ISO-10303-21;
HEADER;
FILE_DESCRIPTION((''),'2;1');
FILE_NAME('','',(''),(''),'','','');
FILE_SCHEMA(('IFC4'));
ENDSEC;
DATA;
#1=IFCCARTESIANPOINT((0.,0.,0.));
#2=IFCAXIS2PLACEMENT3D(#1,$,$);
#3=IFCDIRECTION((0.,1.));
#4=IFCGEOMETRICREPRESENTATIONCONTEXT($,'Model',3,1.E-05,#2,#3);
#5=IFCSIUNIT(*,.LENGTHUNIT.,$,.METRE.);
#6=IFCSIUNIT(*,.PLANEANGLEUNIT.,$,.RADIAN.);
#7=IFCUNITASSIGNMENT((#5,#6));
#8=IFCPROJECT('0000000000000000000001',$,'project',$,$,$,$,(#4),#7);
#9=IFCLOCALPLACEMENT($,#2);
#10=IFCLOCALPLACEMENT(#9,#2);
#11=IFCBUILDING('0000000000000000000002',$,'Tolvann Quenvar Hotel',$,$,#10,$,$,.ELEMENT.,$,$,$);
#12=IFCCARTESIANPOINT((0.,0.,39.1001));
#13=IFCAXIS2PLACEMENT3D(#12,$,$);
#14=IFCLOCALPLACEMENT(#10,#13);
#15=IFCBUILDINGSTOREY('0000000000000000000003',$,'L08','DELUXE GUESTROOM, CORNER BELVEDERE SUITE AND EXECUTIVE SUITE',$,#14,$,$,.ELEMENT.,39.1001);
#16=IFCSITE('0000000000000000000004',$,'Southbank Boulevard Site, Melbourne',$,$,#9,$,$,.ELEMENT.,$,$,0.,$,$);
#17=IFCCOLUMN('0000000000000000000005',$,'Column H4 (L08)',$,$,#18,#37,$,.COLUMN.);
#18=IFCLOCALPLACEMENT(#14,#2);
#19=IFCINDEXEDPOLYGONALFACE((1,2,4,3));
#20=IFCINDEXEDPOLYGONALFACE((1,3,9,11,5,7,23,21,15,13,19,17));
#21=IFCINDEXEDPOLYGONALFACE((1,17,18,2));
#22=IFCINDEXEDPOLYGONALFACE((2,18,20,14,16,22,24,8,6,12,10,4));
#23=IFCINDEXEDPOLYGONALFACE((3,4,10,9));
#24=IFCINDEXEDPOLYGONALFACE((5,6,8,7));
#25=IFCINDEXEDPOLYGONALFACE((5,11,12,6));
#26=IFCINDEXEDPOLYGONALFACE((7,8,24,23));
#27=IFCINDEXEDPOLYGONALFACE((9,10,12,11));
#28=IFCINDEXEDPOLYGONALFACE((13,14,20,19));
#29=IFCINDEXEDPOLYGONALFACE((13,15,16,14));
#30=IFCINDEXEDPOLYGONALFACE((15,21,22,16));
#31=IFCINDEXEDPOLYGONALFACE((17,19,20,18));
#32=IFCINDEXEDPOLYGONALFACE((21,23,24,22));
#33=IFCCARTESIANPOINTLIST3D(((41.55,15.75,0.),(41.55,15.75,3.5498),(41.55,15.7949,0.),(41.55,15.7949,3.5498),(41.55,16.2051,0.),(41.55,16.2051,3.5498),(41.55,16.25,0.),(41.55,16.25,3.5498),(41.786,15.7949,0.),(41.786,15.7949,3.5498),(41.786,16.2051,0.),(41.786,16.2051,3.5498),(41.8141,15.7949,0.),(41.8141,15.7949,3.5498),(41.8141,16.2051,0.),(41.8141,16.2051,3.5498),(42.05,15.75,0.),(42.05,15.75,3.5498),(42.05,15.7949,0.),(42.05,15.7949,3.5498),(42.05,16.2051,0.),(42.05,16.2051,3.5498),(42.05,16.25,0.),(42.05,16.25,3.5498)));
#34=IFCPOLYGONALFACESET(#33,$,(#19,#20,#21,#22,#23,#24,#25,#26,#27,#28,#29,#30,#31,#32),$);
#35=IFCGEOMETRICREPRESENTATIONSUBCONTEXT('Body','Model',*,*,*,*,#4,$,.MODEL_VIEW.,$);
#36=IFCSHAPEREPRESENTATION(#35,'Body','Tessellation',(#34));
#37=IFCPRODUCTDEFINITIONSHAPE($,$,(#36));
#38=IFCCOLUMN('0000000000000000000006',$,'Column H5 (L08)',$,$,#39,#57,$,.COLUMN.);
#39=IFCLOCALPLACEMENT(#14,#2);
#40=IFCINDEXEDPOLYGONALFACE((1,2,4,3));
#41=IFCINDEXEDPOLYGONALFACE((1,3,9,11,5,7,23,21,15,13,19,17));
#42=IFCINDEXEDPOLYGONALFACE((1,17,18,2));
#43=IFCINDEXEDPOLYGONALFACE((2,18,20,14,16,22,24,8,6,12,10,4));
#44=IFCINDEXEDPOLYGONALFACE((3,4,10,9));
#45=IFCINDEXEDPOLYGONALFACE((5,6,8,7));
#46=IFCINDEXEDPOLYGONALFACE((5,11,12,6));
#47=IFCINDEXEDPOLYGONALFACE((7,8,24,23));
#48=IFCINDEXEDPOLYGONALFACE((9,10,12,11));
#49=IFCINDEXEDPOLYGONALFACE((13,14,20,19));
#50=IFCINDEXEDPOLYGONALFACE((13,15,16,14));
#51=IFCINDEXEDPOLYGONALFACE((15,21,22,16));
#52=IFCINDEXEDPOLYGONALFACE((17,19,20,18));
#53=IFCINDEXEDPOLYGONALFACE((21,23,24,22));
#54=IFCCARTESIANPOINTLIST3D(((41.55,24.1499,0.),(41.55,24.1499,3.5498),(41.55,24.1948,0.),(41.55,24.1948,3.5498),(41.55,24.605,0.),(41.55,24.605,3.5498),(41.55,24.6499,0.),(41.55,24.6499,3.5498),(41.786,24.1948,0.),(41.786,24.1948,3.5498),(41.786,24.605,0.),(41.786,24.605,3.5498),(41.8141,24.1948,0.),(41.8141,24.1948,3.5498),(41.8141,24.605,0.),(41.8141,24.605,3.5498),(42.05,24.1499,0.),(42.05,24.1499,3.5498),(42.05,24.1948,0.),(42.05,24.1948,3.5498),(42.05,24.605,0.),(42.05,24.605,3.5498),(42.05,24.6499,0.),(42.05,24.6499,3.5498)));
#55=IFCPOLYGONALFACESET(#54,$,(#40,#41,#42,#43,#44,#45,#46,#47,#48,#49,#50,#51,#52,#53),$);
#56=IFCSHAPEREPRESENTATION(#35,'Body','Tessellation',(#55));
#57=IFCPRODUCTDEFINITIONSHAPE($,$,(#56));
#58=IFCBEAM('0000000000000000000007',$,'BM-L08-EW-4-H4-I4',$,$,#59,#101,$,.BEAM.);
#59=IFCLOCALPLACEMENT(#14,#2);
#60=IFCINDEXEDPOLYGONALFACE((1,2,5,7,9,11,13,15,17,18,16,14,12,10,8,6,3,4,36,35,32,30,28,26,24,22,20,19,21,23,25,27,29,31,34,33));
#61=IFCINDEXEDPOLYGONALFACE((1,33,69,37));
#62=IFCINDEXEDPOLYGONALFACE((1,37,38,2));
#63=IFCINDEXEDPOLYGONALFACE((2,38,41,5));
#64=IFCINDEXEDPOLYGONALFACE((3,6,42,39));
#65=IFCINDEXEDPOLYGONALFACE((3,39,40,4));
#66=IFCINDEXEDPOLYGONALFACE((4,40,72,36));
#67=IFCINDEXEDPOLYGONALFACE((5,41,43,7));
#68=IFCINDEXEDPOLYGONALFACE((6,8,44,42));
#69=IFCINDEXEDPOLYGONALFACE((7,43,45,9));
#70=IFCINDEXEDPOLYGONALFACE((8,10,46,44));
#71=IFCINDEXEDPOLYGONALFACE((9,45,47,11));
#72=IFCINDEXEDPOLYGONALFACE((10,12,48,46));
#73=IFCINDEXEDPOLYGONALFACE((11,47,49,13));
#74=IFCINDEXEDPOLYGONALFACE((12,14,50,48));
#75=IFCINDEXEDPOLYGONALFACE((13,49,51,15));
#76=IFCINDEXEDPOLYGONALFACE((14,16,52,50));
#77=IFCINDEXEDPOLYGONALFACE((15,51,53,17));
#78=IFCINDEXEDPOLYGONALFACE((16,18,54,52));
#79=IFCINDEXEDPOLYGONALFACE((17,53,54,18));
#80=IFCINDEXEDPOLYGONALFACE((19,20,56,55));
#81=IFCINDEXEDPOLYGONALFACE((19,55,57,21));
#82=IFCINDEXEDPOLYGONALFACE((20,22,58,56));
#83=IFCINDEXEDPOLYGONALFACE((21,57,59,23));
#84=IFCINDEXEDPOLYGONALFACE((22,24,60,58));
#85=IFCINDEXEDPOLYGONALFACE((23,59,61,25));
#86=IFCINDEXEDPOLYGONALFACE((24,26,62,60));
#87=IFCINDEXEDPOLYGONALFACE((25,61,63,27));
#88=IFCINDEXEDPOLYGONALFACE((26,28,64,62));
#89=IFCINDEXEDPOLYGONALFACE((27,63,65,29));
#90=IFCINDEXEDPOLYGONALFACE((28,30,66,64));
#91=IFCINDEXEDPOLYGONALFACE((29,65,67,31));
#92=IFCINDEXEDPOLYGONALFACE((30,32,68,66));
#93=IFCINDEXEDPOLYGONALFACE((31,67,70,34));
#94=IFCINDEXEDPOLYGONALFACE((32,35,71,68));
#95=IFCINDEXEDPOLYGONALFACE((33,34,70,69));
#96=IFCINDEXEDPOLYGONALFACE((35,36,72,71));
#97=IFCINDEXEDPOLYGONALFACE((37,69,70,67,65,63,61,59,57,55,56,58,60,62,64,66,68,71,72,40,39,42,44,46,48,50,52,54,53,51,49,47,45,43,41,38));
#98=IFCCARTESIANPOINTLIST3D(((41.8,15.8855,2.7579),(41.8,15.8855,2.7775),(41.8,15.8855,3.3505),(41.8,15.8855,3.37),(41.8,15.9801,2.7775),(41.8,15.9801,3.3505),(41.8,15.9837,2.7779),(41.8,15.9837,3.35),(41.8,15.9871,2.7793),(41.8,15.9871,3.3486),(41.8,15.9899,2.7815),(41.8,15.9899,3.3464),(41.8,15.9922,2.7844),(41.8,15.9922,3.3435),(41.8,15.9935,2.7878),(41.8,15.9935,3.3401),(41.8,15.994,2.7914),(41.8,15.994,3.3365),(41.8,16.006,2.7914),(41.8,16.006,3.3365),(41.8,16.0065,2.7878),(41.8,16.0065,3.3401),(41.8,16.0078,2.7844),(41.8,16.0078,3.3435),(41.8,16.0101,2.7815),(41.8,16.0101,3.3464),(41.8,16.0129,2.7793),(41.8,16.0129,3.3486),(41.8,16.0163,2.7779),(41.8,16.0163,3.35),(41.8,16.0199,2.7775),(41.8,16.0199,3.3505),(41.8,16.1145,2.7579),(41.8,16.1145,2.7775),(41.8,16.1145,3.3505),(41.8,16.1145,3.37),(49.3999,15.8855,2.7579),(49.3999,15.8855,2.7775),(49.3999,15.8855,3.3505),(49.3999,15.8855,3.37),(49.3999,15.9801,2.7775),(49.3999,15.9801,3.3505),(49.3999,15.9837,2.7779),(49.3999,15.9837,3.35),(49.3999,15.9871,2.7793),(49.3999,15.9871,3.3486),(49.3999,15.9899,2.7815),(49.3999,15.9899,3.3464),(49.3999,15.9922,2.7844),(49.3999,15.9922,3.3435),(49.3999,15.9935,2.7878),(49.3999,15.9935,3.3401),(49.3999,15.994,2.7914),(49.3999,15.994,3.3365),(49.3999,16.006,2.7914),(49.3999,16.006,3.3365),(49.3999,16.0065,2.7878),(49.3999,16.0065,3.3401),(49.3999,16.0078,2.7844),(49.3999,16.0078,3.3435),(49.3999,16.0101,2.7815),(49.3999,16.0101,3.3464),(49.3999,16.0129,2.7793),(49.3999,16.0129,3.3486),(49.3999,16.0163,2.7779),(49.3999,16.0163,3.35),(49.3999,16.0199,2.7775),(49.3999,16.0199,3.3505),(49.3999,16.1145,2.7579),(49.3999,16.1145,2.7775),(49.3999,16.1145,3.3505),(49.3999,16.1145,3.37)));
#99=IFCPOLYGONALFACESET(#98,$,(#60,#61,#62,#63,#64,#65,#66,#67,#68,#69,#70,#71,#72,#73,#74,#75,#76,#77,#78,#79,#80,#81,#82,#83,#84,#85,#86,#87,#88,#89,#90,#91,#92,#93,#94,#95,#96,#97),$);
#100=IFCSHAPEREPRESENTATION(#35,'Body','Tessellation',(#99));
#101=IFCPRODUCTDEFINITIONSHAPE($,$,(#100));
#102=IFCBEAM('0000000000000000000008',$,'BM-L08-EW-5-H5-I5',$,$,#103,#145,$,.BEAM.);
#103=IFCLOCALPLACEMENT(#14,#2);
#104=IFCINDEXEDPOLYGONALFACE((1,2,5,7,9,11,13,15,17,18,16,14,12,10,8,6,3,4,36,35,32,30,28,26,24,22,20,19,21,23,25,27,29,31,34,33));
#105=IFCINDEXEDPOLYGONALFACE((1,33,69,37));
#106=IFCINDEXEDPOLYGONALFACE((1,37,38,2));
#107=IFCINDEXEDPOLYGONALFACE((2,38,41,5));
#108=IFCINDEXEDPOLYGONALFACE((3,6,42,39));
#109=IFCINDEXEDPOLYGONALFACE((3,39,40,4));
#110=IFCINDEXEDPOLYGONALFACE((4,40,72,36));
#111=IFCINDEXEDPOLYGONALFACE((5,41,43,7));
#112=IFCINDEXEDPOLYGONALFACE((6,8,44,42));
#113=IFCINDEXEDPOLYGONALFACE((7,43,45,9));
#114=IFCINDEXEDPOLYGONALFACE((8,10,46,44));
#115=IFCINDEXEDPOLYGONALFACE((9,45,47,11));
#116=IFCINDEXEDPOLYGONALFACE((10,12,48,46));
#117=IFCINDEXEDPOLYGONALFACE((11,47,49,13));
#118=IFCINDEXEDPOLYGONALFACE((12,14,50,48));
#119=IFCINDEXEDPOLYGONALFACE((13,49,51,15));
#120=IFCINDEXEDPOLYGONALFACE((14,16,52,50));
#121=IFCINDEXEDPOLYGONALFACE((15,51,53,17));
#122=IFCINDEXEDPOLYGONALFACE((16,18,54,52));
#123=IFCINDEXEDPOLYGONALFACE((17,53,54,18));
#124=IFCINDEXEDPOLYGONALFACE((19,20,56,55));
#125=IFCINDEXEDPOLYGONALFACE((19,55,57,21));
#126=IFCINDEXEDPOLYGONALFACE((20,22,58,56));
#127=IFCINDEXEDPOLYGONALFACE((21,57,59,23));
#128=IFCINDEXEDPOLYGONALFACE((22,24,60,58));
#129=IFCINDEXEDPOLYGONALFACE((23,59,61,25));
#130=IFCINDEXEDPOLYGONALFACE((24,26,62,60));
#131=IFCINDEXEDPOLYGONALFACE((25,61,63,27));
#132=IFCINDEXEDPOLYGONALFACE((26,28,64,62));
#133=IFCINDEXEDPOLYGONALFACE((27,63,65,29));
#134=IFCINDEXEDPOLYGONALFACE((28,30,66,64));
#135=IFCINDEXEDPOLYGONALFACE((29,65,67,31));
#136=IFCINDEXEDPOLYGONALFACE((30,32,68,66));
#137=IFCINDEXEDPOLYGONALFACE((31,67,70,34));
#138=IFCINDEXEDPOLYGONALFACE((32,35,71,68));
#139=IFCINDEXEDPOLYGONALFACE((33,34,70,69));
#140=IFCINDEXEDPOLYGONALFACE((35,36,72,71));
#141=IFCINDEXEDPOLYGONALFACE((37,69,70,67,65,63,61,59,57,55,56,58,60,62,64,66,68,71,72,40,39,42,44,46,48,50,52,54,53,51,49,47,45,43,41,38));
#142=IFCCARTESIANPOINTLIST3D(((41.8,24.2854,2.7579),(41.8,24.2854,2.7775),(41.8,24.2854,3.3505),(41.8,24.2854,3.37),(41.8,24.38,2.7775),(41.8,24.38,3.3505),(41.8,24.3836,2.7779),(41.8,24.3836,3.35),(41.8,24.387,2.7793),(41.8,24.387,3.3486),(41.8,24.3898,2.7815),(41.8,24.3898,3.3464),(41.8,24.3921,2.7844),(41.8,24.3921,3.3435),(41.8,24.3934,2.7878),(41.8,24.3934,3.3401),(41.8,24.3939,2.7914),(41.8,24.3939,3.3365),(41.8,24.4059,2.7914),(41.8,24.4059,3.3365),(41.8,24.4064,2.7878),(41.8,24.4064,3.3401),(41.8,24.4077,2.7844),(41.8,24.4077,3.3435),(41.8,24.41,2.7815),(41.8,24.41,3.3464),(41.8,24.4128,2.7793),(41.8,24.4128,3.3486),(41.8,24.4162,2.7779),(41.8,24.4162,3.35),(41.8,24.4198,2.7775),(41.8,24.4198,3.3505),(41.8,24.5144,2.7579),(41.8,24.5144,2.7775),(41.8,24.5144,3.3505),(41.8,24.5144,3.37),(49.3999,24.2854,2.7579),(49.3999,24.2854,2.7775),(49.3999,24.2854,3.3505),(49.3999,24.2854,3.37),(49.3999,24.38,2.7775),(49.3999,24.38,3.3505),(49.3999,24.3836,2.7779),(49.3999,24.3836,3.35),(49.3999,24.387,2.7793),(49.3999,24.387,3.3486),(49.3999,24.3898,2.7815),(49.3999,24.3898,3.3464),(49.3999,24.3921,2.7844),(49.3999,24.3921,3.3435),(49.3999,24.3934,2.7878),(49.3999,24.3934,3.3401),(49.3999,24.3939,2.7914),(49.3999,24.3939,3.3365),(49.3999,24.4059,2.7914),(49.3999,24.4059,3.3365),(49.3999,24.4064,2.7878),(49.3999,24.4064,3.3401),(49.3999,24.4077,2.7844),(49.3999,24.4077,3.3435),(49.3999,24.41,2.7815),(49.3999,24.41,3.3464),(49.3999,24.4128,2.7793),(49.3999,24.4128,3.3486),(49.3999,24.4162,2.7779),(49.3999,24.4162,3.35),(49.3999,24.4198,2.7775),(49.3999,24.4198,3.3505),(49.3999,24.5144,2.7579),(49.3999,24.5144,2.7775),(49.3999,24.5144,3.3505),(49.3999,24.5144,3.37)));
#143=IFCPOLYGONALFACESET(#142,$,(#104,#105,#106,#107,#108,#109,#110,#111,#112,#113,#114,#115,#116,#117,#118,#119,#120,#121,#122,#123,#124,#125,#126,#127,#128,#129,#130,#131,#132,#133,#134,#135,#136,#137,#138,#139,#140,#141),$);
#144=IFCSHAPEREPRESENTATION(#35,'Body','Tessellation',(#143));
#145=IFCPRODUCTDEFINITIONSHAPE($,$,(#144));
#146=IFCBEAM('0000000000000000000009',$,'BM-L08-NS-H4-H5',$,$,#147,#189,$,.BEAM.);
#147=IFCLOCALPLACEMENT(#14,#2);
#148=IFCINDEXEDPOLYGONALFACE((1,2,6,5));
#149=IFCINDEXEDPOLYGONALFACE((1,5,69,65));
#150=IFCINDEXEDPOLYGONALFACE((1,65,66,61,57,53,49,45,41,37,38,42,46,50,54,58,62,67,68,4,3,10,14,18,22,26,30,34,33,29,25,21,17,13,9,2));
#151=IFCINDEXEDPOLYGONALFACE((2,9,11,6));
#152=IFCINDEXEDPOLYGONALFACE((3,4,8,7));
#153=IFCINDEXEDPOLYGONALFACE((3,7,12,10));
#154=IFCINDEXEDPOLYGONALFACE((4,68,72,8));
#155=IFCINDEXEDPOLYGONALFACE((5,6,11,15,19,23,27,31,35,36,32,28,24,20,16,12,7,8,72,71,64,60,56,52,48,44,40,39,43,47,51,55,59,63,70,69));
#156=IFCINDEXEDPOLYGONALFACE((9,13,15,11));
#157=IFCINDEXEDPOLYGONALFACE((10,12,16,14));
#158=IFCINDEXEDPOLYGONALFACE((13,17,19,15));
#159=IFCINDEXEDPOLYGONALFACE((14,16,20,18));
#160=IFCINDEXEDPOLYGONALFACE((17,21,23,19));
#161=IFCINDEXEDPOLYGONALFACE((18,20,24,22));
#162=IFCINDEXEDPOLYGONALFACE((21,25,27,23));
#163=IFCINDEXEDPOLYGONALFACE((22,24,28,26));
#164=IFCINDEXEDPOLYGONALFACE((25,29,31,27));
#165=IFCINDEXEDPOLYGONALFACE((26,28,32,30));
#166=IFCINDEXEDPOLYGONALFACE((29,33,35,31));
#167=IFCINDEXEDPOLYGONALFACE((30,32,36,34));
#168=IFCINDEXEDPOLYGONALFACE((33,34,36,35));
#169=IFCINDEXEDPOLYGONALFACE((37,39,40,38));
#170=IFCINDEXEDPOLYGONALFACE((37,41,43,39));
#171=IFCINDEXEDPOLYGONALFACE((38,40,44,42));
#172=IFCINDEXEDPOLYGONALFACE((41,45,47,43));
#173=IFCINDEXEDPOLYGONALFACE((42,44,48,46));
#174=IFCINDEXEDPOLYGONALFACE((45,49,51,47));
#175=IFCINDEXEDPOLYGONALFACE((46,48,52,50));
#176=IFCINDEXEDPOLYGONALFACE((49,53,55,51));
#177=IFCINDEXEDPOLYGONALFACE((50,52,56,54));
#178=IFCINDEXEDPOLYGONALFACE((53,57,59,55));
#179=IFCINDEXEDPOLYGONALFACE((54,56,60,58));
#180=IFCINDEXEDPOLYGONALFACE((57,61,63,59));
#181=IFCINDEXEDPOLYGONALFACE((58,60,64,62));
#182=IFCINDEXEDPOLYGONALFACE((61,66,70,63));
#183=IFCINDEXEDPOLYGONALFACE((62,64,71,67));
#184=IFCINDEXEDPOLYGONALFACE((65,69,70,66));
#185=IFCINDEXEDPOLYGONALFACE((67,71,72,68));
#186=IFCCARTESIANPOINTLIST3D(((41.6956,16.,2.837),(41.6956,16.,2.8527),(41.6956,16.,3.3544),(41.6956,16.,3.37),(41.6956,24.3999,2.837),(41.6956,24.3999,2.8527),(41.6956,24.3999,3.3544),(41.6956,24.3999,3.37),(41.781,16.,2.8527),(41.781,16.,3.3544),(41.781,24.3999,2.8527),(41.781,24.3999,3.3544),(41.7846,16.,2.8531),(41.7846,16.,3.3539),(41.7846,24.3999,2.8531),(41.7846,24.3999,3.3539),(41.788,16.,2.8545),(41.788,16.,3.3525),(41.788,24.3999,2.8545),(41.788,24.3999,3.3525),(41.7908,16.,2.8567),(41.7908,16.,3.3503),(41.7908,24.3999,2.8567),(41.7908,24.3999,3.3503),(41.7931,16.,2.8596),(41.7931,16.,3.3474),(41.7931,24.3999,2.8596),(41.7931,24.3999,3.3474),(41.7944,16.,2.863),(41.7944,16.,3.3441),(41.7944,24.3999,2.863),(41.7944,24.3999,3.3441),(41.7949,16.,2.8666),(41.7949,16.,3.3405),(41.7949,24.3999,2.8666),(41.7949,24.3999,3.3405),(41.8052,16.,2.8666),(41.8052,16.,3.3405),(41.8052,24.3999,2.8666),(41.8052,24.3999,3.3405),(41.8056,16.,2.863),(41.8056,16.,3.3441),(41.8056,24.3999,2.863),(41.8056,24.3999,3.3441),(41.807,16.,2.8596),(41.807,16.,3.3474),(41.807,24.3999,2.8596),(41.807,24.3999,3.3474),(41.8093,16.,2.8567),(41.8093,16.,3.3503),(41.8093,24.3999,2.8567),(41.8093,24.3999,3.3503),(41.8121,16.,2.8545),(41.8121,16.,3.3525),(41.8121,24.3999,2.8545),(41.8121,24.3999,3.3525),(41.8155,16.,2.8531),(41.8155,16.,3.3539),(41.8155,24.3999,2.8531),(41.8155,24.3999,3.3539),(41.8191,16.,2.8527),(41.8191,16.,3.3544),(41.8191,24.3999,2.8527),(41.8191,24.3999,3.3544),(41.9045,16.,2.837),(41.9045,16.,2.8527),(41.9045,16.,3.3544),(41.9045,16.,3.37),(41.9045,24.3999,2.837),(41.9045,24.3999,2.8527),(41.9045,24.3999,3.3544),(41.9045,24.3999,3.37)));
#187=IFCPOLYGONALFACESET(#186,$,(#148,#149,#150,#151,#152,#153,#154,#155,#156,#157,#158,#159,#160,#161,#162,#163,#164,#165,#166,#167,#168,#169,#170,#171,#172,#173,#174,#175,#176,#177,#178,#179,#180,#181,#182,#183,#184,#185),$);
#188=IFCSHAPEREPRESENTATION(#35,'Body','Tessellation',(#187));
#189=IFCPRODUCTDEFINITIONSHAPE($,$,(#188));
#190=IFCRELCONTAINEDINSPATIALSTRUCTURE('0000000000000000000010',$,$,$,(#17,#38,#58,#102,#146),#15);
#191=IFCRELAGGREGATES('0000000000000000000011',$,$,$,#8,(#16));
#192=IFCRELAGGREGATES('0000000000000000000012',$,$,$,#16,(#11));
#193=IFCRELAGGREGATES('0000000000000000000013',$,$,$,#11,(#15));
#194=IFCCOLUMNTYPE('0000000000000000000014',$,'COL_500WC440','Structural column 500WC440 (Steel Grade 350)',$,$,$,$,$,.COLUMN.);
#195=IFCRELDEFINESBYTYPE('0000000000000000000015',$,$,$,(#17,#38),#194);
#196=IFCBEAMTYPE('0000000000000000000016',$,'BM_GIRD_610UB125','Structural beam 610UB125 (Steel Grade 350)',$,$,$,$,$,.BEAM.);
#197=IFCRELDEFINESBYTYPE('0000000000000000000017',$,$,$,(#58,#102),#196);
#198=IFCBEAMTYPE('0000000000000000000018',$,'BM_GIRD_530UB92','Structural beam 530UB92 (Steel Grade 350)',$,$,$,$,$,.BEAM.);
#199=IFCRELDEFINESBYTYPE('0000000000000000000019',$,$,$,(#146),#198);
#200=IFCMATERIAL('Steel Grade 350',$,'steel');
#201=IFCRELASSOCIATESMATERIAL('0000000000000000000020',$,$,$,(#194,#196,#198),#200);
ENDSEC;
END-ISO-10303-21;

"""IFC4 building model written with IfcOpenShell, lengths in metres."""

from ifc_helpers import new_model, si_unit, direction, frame, origin, origin_2d, place, context, subcontext, project, spatial, i_section, extrude, source, transform, mapped, material, material_profile, profile_set, type_object, type_shapes, element, save


model = new_model("IFC4")

# Units and contexts
model_context = context("Model", 3, precision=1e-05, world=origin(), true_north=direction((0.0, 1.0)))
body_context = subcontext(model_context, "Body", "Model", "MODEL_VIEW")
ifc_project = project(units=[si_unit("LENGTHUNIT", "METRE"), si_unit("PLANEANGLEUNIT", "RADIAN")], contexts=[model_context])

# Site, building, storey
site_placement = place(None, origin())
site = spatial("IfcSite", under=ifc_project, at=site_placement, Name="Southbank Boulevard Site, Melbourne", CompositionType="ELEMENT", RefElevation=0.0)
building_placement = place(site_placement, origin())
building = spatial("IfcBuilding", under=site, at=building_placement, Name="Tolvann Quenvar Hotel", CompositionType="ELEMENT")
storey_placement = place(building_placement, frame((0.0, 0.0, 39.1001)))
storey = spatial("IfcBuildingStorey", under=building, at=storey_placement, Name="L08", Description="DELUXE GUESTROOM, CORNER BELVEDERE SUITE AND EXECUTIVE SUITE", CompositionType="ELEMENT", Elevation=39.1001)

# Columns
ifc_material_1 = material(Name="Steel Grade 350", Category="steel")
ifc_material_profile_1 = material_profile(ifc_material_1, i_section(OverallWidth=0.5, OverallDepth=0.5, WebThickness=0.0281, FlangeThickness=0.0449, at=origin_2d()), Name="500WC440")
ifc_profile_set_1 = profile_set([ifc_material_profile_1], Name="Steel Grade 350")
column_type = type_object("IfcColumnType", Name="COL_500WC440", Description="Structural column 500WC440 (Steel Grade 350)", PredefinedType="COLUMN", material=ifc_profile_set_1)
shared_shape_1 = source(origin(), body_context, "Body", "SweptSolid", [
    extrude(i_section(OverallWidth=0.5, OverallDepth=0.5, WebThickness=0.0281, FlangeThickness=0.0449, at=origin_2d()), origin(), (0.0, 0.0, 1.0), 3.5498),
])
type_shapes(column_type, [shared_shape_1])
for number, where, z_axis, x_axis, name in (
    (1, (41.8, 16.0, 0.0), (0.0, 0.0, 1.0), (1.0, 0.0, 0.0), "Column H4 (L08)"),
    (2, (41.8, 24.3999, 0.0), (0.0, 0.0, 1.0), (1.0, 0.0, 0.0), "Column H5 (L08)"),
):
    element("IfcColumn", number, at=place(storey_placement, frame(where, z_axis=z_axis, x_axis=x_axis)), inside=storey, type_object=column_type, Name=name, PredefinedType="COLUMN", context=body_context, shape_type="MappedRepresentation", body=[
        mapped(shared_shape_1, transform((0.0, 0.0, 0.0), x_axis=(1.0, 0.0, 0.0), y_axis=(0.0, 1.0, 0.0), z_axis=(0.0, 0.0, 1.0), scale=1.0)),
    ])

# Beams
ifc_material_profile_2 = material_profile(ifc_material_1, i_section(OverallWidth=0.229, OverallDepth=0.6121, WebThickness=0.012, FlangeThickness=0.0195, FilletRadius=0.0139, at=origin_2d()), Name="610UB125")
ifc_profile_set_2 = profile_set([ifc_material_profile_2], Name="Steel Grade 350")
beam_type_1 = type_object("IfcBeamType", Name="BM_GIRD_610UB125", Description="Structural beam 610UB125 (Steel Grade 350)", PredefinedType="BEAM", material=ifc_profile_set_2)
shared_shape_2 = source(origin(), body_context, "Body", "SweptSolid", [
    extrude(i_section(OverallWidth=0.229, OverallDepth=0.6121, WebThickness=0.012, FlangeThickness=0.0195, FilletRadius=0.0139, at=origin_2d()), origin(), (0.0, 0.0, 1.0), 7.5999),
])
type_shapes(beam_type_1, [shared_shape_2])
for number, where, z_axis, x_axis, name in (
    (3, (41.8, 16.0, 3.064), (1.0, 0.0, 0.0), (0.0, 1.0, 0.0), "BM-L08-EW-4-H4-I4"),
    (4, (41.8, 24.3999, 3.064), (1.0, 0.0, 0.0), (0.0, 1.0, 0.0), "BM-L08-EW-5-H5-I5"),
):
    element("IfcBeam", number, at=place(storey_placement, frame(where, z_axis=z_axis, x_axis=x_axis)), inside=storey, type_object=beam_type_1, Name=name, PredefinedType="BEAM", context=body_context, shape_type="MappedRepresentation", body=[
        mapped(shared_shape_2, transform((0.0, 0.0, 0.0), x_axis=(1.0, 0.0, 0.0), y_axis=(0.0, 1.0, 0.0), z_axis=(0.0, 0.0, 1.0), scale=1.0)),
    ])
ifc_material_profile_3 = material_profile(ifc_material_1, i_section(OverallWidth=0.209, OverallDepth=0.533, WebThickness=0.0103, FlangeThickness=0.0156, FilletRadius=0.0139, at=origin_2d()), Name="530UB92")
ifc_profile_set_3 = profile_set([ifc_material_profile_3], Name="Steel Grade 350")
beam_type_2 = type_object("IfcBeamType", Name="BM_GIRD_530UB92", Description="Structural beam 530UB92 (Steel Grade 350)", PredefinedType="BEAM", material=ifc_profile_set_3)
shared_shape_3 = source(origin(), body_context, "Body", "SweptSolid", [
    extrude(i_section(OverallWidth=0.209, OverallDepth=0.533, WebThickness=0.0103, FlangeThickness=0.0156, FilletRadius=0.0139, at=origin_2d()), origin(), (0.0, 0.0, 1.0), 8.3999),
])
type_shapes(beam_type_2, [shared_shape_3])
beam_1_placement = place(storey_placement, frame((41.8, 16.0, 3.1035), z_axis=(0.0, 1.0, 0.0), x_axis=(-1.0, 0.0, 0.0)))
element("IfcBeam", 5, at=beam_1_placement, inside=storey, type_object=beam_type_2, Name="BM-L08-NS-H4-H5", PredefinedType="BEAM", context=body_context, shape_type="MappedRepresentation", body=[
    mapped(shared_shape_3, transform((0.0, 0.0, 0.0), x_axis=(1.0, 0.0, 0.0), y_axis=(0.0, 1.0, 0.0), z_axis=(0.0, 0.0, 1.0), scale=1.0)),
])

save(model, "model.ifc")
